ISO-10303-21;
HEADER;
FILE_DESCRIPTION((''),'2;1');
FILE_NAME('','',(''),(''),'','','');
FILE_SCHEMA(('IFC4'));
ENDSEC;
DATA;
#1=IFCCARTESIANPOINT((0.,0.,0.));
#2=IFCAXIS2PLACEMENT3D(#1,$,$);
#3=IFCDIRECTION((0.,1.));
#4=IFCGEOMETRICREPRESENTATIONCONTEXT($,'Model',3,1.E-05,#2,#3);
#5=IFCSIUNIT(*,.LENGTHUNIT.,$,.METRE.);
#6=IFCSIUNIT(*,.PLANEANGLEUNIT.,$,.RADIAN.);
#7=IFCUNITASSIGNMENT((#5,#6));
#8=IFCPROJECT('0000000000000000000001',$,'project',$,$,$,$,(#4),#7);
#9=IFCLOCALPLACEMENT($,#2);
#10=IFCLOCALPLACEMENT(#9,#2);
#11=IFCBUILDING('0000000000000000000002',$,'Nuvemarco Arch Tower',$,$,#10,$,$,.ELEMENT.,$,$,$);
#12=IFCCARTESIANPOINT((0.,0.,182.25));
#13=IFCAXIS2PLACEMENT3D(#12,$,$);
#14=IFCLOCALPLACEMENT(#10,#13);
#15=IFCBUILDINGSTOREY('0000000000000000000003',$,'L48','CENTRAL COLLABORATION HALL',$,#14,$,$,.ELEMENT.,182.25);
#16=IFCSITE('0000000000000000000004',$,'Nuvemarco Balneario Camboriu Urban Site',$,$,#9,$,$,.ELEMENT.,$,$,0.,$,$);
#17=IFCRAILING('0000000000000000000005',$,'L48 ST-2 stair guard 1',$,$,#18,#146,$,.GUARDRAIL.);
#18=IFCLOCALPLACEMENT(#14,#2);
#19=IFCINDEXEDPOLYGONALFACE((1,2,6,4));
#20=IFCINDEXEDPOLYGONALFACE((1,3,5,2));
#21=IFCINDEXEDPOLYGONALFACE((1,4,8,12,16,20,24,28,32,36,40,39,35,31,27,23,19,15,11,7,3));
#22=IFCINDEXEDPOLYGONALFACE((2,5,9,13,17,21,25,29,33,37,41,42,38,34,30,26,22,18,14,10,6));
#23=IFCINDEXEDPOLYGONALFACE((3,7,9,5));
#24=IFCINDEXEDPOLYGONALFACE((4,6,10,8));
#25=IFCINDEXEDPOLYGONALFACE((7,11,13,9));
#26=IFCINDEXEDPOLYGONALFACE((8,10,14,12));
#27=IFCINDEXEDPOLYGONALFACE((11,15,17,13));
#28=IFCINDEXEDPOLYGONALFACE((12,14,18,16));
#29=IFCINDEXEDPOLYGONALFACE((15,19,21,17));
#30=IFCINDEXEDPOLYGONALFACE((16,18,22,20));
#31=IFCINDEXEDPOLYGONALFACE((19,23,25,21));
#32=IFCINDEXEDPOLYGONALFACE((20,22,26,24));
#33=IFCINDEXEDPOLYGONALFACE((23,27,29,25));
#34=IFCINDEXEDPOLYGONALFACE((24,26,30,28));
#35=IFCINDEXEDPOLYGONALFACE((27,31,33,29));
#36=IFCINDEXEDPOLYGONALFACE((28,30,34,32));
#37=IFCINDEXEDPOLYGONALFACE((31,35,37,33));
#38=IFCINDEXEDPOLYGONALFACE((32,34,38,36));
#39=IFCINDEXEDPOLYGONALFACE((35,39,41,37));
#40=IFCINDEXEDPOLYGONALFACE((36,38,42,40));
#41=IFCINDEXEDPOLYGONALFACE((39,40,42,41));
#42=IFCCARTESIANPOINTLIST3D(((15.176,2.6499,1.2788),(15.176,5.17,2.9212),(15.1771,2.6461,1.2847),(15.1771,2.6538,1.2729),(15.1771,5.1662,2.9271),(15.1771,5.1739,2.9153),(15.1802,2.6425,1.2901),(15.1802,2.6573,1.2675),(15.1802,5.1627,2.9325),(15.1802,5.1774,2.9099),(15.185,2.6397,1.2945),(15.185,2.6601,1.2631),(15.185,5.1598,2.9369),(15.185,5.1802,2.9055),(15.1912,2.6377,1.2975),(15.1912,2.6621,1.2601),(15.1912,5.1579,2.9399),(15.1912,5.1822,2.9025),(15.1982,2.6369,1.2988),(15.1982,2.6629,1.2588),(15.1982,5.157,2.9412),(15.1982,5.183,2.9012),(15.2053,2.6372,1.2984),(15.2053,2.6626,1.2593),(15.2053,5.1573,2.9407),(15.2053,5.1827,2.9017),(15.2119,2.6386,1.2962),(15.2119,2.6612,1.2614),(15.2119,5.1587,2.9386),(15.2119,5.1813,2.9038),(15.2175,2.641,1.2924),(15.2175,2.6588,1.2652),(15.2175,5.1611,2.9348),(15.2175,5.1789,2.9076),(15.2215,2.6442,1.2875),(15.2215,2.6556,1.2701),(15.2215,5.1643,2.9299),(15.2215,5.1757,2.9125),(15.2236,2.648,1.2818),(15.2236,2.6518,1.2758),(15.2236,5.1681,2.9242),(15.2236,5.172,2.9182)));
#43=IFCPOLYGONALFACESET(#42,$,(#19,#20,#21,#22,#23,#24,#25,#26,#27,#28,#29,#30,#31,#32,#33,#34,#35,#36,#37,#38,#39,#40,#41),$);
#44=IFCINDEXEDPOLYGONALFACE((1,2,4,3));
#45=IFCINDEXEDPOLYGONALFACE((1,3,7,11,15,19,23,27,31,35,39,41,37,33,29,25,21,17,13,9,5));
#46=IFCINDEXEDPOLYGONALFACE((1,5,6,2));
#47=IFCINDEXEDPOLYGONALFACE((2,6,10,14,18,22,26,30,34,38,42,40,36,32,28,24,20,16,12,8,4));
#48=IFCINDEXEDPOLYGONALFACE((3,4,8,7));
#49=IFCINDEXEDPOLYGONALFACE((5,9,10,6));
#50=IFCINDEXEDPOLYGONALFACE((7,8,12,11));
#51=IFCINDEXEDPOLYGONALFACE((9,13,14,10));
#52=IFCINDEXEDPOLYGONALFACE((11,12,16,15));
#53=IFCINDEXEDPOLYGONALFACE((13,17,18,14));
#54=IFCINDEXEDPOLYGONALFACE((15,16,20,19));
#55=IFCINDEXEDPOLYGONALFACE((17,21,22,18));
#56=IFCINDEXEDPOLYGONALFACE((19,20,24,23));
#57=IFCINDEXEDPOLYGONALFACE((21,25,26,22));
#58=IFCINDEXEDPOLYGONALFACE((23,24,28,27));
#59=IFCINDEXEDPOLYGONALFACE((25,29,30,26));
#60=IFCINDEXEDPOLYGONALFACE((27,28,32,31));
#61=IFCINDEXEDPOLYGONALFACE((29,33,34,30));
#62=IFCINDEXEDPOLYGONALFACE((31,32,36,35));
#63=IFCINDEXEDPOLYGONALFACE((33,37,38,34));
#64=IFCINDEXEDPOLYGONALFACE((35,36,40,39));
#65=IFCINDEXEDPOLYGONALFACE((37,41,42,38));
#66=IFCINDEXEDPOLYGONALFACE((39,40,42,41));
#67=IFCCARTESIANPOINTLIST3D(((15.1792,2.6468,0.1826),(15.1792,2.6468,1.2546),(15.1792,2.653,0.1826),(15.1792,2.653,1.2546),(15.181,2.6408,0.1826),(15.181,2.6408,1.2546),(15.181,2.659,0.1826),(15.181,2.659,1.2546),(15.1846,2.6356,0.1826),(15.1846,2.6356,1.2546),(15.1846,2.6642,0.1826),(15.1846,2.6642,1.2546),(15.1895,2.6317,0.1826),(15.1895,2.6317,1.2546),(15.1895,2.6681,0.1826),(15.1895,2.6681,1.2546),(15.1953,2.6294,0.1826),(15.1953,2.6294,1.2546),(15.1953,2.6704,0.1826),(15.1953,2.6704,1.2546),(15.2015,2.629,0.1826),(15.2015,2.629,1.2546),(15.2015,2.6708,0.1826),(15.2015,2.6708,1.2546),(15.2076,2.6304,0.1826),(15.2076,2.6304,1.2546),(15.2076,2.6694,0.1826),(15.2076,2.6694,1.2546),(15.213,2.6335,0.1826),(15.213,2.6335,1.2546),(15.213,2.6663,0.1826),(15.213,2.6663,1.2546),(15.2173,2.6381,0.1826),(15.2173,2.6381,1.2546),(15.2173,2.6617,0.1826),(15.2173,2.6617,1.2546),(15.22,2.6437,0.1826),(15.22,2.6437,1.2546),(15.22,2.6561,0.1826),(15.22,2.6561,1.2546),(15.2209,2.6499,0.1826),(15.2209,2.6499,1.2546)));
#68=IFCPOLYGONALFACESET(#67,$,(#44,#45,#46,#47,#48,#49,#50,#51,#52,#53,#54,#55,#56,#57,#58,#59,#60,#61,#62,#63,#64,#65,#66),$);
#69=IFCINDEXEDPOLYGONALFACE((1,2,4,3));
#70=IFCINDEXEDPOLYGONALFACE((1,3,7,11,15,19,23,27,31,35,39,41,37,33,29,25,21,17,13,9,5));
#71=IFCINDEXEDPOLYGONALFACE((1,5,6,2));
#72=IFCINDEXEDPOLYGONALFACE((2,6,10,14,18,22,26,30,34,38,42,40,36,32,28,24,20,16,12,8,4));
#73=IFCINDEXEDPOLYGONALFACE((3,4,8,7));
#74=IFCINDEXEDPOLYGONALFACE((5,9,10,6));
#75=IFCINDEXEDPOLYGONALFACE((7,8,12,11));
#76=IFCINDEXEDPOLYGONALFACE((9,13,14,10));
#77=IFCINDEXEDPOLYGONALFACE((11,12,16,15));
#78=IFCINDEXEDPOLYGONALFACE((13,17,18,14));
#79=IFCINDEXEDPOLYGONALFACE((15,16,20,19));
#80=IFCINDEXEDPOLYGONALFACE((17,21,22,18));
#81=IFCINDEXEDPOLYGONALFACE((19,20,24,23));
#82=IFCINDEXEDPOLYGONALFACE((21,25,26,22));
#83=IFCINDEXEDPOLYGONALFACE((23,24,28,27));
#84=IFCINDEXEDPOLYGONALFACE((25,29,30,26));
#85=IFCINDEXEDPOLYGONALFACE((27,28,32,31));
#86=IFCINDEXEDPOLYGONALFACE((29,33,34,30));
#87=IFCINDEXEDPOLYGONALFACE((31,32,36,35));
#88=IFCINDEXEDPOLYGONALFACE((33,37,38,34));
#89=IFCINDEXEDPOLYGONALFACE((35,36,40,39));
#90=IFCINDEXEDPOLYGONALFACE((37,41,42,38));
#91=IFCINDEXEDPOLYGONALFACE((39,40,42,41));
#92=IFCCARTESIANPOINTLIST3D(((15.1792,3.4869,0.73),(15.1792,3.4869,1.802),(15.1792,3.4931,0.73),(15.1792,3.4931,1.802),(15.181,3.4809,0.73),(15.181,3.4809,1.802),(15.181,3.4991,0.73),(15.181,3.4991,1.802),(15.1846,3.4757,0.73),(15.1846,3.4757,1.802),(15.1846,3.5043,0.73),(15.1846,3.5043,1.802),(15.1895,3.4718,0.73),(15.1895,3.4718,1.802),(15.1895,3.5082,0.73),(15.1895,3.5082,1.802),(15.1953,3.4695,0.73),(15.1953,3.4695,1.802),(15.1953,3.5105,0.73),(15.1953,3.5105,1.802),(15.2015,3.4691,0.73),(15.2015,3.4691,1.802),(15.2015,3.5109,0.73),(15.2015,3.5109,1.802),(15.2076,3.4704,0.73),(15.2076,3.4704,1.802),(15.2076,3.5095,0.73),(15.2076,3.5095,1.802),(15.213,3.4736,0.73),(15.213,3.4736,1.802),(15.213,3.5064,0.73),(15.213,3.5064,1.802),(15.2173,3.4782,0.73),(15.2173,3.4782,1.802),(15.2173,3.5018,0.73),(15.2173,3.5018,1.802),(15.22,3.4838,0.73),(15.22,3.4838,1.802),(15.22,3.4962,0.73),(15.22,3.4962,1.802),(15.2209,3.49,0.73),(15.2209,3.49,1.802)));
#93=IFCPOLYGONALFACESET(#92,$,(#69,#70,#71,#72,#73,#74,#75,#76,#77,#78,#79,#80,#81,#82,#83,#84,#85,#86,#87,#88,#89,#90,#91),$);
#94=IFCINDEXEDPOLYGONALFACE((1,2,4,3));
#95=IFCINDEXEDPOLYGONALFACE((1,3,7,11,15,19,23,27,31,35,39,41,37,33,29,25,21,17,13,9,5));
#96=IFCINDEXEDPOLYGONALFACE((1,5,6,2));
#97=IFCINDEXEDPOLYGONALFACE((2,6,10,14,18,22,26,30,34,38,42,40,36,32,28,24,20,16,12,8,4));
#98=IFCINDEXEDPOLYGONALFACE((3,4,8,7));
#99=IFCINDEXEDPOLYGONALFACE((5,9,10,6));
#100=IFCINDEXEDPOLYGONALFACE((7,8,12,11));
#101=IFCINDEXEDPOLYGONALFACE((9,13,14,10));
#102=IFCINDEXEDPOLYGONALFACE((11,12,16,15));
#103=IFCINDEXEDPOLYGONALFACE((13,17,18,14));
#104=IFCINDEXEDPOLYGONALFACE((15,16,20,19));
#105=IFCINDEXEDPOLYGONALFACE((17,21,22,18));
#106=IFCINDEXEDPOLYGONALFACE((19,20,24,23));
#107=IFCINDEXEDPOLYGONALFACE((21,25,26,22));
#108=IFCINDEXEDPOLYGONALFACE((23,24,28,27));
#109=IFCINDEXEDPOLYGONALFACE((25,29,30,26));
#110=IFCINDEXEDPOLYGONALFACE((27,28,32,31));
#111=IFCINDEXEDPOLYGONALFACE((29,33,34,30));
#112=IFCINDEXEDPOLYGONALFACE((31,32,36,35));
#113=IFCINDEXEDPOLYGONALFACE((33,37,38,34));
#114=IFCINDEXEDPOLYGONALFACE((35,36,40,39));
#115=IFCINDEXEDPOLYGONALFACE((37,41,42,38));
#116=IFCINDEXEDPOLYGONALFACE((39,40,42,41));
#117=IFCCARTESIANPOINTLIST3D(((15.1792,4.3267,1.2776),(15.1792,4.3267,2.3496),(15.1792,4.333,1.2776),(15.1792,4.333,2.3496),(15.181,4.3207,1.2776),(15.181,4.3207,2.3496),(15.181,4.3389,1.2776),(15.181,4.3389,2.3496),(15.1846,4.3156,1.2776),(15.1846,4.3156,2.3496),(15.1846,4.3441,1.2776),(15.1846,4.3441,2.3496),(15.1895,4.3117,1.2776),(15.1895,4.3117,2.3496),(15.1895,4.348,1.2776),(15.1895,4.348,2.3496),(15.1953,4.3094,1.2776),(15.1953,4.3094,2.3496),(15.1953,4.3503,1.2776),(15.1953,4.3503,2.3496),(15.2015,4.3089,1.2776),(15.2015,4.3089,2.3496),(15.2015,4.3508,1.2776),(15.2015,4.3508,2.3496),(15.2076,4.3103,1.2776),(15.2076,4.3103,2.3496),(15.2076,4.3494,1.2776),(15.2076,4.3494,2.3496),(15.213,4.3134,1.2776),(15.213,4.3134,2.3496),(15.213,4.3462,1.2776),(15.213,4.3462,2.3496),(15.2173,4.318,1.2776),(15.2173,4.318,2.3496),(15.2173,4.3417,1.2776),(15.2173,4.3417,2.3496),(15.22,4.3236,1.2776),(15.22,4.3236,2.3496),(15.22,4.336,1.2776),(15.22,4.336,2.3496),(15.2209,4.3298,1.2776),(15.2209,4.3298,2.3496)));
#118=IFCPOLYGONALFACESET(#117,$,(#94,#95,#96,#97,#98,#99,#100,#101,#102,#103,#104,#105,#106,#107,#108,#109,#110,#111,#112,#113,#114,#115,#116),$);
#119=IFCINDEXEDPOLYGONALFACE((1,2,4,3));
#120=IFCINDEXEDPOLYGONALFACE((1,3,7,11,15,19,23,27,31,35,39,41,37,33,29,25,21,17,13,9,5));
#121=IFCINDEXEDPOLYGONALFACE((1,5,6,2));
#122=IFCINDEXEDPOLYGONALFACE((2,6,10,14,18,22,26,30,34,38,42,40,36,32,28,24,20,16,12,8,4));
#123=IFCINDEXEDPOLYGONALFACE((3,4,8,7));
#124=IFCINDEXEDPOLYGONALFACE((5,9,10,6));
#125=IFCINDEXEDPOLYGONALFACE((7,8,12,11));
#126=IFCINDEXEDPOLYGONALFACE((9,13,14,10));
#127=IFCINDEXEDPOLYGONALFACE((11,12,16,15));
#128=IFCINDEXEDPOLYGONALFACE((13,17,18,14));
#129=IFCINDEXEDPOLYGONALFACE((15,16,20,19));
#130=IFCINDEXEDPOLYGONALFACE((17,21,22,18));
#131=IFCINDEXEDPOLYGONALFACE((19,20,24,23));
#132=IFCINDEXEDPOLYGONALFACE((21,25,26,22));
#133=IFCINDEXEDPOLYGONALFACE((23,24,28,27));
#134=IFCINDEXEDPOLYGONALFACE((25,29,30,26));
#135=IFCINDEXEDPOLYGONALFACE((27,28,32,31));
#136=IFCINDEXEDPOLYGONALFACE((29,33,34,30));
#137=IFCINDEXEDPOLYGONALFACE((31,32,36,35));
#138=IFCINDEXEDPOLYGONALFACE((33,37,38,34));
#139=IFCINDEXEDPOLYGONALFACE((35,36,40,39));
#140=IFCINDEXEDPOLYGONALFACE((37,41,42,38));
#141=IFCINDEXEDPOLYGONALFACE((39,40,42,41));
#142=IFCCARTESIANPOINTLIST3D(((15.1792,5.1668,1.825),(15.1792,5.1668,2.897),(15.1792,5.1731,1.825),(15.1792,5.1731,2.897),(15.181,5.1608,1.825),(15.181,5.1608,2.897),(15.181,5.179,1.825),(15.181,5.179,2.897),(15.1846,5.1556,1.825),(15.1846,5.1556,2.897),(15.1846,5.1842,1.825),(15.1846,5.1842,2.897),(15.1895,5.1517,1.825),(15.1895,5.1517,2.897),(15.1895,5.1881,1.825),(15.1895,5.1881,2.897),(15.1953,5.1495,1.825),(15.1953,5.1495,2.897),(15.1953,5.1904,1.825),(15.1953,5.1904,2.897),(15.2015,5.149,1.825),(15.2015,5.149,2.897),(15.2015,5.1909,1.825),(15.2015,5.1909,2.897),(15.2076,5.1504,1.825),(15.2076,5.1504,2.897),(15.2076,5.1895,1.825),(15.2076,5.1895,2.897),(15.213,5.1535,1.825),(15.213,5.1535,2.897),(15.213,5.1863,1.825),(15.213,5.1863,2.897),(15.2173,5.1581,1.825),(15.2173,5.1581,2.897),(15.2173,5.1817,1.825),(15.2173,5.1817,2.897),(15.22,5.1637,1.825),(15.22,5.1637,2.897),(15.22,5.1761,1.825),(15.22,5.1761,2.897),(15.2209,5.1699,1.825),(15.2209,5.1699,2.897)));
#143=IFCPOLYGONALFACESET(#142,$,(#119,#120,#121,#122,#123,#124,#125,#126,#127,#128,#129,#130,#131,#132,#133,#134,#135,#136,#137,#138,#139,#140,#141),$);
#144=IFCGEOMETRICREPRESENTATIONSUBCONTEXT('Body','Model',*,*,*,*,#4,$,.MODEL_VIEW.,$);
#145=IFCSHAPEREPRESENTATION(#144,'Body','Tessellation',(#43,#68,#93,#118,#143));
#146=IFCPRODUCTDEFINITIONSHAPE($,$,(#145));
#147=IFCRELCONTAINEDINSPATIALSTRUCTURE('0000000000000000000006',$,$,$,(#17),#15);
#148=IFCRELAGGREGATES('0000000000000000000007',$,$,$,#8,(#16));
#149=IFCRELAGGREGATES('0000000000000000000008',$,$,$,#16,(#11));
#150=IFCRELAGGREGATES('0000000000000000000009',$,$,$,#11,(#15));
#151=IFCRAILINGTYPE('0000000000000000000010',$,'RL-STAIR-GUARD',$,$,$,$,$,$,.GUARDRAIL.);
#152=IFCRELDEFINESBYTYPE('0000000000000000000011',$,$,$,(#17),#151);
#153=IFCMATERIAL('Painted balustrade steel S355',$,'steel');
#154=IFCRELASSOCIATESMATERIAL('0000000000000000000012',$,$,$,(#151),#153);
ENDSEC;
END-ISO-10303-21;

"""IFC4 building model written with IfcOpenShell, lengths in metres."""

from ifc_helpers import new_model, si_unit, direction, frame, origin, origin_2d, place, context, subcontext, project, spatial, circle, extrude, material, type_object, element, save


model = new_model("IFC4")

# Units and contexts
model_context = context("Model", 3, precision=1e-05, world=origin(), true_north=direction((0.0, 1.0)))
body_context = subcontext(model_context, "Body", "Model", "MODEL_VIEW")
ifc_project = project(units=[si_unit("LENGTHUNIT", "METRE"), si_unit("PLANEANGLEUNIT", "RADIAN")], contexts=[model_context])

# Site, building, storey
site_placement = place(None, origin())
site = spatial("IfcSite", under=ifc_project, at=site_placement, Name="Nuvemarco Balneario Camboriu Urban Site", CompositionType="ELEMENT", RefElevation=0.0)
building_placement = place(site_placement, origin())
building = spatial("IfcBuilding", under=site, at=building_placement, Name="Nuvemarco Arch Tower", CompositionType="ELEMENT")
storey_placement = place(building_placement, frame((0.0, 0.0, 182.25)))
storey = spatial("IfcBuildingStorey", under=building, at=storey_placement, Name="L48", Description="CENTRAL COLLABORATION HALL", CompositionType="ELEMENT", Elevation=182.25)

# Railing
ifc_material_1 = material(Name="Painted balustrade steel S355", Category="steel")
railing_type_1 = type_object("IfcRailingType", Name="RL-STAIR-GUARD", PredefinedType="GUARDRAIL", material=ifc_material_1)
railing_1_placement = place(storey_placement, frame((15.2, 2.6499, 0.1826)))
element("IfcRailing", 1, at=railing_1_placement, inside=storey, type_object=railing_type_1, Name="L48 ST-2 stair guard 1", PredefinedType="GUARDRAIL", context=body_context, shape_type="SweptSolid", body=[
    extrude(circle(Radius=0.0239, at=origin_2d()), frame((0.0, 0.0, 1.0962), z_axis=(0.0, 0.837787, 0.545998), x_axis=(-1.0, 0.0, 0.0)), (0.0, 0.0, 1.0), 3.0081),
    extrude(circle(Radius=0.021, at=origin_2d()), origin(), (0.0, 0.0, 1.0), 1.072),
    extrude(circle(Radius=0.021, at=origin_2d()), frame((0.0, 0.8401, 0.5474)), (0.0, 0.0, 1.0), 1.072),
    extrude(circle(Radius=0.021, at=origin_2d()), frame((0.0, 1.6799, 1.095)), (0.0, 0.0, 1.0), 1.072),
    extrude(circle(Radius=0.021, at=origin_2d()), frame((0.0, 2.52, 1.6423)), (0.0, 0.0, 1.0), 1.072),
])

save(model, "model.ifc")
